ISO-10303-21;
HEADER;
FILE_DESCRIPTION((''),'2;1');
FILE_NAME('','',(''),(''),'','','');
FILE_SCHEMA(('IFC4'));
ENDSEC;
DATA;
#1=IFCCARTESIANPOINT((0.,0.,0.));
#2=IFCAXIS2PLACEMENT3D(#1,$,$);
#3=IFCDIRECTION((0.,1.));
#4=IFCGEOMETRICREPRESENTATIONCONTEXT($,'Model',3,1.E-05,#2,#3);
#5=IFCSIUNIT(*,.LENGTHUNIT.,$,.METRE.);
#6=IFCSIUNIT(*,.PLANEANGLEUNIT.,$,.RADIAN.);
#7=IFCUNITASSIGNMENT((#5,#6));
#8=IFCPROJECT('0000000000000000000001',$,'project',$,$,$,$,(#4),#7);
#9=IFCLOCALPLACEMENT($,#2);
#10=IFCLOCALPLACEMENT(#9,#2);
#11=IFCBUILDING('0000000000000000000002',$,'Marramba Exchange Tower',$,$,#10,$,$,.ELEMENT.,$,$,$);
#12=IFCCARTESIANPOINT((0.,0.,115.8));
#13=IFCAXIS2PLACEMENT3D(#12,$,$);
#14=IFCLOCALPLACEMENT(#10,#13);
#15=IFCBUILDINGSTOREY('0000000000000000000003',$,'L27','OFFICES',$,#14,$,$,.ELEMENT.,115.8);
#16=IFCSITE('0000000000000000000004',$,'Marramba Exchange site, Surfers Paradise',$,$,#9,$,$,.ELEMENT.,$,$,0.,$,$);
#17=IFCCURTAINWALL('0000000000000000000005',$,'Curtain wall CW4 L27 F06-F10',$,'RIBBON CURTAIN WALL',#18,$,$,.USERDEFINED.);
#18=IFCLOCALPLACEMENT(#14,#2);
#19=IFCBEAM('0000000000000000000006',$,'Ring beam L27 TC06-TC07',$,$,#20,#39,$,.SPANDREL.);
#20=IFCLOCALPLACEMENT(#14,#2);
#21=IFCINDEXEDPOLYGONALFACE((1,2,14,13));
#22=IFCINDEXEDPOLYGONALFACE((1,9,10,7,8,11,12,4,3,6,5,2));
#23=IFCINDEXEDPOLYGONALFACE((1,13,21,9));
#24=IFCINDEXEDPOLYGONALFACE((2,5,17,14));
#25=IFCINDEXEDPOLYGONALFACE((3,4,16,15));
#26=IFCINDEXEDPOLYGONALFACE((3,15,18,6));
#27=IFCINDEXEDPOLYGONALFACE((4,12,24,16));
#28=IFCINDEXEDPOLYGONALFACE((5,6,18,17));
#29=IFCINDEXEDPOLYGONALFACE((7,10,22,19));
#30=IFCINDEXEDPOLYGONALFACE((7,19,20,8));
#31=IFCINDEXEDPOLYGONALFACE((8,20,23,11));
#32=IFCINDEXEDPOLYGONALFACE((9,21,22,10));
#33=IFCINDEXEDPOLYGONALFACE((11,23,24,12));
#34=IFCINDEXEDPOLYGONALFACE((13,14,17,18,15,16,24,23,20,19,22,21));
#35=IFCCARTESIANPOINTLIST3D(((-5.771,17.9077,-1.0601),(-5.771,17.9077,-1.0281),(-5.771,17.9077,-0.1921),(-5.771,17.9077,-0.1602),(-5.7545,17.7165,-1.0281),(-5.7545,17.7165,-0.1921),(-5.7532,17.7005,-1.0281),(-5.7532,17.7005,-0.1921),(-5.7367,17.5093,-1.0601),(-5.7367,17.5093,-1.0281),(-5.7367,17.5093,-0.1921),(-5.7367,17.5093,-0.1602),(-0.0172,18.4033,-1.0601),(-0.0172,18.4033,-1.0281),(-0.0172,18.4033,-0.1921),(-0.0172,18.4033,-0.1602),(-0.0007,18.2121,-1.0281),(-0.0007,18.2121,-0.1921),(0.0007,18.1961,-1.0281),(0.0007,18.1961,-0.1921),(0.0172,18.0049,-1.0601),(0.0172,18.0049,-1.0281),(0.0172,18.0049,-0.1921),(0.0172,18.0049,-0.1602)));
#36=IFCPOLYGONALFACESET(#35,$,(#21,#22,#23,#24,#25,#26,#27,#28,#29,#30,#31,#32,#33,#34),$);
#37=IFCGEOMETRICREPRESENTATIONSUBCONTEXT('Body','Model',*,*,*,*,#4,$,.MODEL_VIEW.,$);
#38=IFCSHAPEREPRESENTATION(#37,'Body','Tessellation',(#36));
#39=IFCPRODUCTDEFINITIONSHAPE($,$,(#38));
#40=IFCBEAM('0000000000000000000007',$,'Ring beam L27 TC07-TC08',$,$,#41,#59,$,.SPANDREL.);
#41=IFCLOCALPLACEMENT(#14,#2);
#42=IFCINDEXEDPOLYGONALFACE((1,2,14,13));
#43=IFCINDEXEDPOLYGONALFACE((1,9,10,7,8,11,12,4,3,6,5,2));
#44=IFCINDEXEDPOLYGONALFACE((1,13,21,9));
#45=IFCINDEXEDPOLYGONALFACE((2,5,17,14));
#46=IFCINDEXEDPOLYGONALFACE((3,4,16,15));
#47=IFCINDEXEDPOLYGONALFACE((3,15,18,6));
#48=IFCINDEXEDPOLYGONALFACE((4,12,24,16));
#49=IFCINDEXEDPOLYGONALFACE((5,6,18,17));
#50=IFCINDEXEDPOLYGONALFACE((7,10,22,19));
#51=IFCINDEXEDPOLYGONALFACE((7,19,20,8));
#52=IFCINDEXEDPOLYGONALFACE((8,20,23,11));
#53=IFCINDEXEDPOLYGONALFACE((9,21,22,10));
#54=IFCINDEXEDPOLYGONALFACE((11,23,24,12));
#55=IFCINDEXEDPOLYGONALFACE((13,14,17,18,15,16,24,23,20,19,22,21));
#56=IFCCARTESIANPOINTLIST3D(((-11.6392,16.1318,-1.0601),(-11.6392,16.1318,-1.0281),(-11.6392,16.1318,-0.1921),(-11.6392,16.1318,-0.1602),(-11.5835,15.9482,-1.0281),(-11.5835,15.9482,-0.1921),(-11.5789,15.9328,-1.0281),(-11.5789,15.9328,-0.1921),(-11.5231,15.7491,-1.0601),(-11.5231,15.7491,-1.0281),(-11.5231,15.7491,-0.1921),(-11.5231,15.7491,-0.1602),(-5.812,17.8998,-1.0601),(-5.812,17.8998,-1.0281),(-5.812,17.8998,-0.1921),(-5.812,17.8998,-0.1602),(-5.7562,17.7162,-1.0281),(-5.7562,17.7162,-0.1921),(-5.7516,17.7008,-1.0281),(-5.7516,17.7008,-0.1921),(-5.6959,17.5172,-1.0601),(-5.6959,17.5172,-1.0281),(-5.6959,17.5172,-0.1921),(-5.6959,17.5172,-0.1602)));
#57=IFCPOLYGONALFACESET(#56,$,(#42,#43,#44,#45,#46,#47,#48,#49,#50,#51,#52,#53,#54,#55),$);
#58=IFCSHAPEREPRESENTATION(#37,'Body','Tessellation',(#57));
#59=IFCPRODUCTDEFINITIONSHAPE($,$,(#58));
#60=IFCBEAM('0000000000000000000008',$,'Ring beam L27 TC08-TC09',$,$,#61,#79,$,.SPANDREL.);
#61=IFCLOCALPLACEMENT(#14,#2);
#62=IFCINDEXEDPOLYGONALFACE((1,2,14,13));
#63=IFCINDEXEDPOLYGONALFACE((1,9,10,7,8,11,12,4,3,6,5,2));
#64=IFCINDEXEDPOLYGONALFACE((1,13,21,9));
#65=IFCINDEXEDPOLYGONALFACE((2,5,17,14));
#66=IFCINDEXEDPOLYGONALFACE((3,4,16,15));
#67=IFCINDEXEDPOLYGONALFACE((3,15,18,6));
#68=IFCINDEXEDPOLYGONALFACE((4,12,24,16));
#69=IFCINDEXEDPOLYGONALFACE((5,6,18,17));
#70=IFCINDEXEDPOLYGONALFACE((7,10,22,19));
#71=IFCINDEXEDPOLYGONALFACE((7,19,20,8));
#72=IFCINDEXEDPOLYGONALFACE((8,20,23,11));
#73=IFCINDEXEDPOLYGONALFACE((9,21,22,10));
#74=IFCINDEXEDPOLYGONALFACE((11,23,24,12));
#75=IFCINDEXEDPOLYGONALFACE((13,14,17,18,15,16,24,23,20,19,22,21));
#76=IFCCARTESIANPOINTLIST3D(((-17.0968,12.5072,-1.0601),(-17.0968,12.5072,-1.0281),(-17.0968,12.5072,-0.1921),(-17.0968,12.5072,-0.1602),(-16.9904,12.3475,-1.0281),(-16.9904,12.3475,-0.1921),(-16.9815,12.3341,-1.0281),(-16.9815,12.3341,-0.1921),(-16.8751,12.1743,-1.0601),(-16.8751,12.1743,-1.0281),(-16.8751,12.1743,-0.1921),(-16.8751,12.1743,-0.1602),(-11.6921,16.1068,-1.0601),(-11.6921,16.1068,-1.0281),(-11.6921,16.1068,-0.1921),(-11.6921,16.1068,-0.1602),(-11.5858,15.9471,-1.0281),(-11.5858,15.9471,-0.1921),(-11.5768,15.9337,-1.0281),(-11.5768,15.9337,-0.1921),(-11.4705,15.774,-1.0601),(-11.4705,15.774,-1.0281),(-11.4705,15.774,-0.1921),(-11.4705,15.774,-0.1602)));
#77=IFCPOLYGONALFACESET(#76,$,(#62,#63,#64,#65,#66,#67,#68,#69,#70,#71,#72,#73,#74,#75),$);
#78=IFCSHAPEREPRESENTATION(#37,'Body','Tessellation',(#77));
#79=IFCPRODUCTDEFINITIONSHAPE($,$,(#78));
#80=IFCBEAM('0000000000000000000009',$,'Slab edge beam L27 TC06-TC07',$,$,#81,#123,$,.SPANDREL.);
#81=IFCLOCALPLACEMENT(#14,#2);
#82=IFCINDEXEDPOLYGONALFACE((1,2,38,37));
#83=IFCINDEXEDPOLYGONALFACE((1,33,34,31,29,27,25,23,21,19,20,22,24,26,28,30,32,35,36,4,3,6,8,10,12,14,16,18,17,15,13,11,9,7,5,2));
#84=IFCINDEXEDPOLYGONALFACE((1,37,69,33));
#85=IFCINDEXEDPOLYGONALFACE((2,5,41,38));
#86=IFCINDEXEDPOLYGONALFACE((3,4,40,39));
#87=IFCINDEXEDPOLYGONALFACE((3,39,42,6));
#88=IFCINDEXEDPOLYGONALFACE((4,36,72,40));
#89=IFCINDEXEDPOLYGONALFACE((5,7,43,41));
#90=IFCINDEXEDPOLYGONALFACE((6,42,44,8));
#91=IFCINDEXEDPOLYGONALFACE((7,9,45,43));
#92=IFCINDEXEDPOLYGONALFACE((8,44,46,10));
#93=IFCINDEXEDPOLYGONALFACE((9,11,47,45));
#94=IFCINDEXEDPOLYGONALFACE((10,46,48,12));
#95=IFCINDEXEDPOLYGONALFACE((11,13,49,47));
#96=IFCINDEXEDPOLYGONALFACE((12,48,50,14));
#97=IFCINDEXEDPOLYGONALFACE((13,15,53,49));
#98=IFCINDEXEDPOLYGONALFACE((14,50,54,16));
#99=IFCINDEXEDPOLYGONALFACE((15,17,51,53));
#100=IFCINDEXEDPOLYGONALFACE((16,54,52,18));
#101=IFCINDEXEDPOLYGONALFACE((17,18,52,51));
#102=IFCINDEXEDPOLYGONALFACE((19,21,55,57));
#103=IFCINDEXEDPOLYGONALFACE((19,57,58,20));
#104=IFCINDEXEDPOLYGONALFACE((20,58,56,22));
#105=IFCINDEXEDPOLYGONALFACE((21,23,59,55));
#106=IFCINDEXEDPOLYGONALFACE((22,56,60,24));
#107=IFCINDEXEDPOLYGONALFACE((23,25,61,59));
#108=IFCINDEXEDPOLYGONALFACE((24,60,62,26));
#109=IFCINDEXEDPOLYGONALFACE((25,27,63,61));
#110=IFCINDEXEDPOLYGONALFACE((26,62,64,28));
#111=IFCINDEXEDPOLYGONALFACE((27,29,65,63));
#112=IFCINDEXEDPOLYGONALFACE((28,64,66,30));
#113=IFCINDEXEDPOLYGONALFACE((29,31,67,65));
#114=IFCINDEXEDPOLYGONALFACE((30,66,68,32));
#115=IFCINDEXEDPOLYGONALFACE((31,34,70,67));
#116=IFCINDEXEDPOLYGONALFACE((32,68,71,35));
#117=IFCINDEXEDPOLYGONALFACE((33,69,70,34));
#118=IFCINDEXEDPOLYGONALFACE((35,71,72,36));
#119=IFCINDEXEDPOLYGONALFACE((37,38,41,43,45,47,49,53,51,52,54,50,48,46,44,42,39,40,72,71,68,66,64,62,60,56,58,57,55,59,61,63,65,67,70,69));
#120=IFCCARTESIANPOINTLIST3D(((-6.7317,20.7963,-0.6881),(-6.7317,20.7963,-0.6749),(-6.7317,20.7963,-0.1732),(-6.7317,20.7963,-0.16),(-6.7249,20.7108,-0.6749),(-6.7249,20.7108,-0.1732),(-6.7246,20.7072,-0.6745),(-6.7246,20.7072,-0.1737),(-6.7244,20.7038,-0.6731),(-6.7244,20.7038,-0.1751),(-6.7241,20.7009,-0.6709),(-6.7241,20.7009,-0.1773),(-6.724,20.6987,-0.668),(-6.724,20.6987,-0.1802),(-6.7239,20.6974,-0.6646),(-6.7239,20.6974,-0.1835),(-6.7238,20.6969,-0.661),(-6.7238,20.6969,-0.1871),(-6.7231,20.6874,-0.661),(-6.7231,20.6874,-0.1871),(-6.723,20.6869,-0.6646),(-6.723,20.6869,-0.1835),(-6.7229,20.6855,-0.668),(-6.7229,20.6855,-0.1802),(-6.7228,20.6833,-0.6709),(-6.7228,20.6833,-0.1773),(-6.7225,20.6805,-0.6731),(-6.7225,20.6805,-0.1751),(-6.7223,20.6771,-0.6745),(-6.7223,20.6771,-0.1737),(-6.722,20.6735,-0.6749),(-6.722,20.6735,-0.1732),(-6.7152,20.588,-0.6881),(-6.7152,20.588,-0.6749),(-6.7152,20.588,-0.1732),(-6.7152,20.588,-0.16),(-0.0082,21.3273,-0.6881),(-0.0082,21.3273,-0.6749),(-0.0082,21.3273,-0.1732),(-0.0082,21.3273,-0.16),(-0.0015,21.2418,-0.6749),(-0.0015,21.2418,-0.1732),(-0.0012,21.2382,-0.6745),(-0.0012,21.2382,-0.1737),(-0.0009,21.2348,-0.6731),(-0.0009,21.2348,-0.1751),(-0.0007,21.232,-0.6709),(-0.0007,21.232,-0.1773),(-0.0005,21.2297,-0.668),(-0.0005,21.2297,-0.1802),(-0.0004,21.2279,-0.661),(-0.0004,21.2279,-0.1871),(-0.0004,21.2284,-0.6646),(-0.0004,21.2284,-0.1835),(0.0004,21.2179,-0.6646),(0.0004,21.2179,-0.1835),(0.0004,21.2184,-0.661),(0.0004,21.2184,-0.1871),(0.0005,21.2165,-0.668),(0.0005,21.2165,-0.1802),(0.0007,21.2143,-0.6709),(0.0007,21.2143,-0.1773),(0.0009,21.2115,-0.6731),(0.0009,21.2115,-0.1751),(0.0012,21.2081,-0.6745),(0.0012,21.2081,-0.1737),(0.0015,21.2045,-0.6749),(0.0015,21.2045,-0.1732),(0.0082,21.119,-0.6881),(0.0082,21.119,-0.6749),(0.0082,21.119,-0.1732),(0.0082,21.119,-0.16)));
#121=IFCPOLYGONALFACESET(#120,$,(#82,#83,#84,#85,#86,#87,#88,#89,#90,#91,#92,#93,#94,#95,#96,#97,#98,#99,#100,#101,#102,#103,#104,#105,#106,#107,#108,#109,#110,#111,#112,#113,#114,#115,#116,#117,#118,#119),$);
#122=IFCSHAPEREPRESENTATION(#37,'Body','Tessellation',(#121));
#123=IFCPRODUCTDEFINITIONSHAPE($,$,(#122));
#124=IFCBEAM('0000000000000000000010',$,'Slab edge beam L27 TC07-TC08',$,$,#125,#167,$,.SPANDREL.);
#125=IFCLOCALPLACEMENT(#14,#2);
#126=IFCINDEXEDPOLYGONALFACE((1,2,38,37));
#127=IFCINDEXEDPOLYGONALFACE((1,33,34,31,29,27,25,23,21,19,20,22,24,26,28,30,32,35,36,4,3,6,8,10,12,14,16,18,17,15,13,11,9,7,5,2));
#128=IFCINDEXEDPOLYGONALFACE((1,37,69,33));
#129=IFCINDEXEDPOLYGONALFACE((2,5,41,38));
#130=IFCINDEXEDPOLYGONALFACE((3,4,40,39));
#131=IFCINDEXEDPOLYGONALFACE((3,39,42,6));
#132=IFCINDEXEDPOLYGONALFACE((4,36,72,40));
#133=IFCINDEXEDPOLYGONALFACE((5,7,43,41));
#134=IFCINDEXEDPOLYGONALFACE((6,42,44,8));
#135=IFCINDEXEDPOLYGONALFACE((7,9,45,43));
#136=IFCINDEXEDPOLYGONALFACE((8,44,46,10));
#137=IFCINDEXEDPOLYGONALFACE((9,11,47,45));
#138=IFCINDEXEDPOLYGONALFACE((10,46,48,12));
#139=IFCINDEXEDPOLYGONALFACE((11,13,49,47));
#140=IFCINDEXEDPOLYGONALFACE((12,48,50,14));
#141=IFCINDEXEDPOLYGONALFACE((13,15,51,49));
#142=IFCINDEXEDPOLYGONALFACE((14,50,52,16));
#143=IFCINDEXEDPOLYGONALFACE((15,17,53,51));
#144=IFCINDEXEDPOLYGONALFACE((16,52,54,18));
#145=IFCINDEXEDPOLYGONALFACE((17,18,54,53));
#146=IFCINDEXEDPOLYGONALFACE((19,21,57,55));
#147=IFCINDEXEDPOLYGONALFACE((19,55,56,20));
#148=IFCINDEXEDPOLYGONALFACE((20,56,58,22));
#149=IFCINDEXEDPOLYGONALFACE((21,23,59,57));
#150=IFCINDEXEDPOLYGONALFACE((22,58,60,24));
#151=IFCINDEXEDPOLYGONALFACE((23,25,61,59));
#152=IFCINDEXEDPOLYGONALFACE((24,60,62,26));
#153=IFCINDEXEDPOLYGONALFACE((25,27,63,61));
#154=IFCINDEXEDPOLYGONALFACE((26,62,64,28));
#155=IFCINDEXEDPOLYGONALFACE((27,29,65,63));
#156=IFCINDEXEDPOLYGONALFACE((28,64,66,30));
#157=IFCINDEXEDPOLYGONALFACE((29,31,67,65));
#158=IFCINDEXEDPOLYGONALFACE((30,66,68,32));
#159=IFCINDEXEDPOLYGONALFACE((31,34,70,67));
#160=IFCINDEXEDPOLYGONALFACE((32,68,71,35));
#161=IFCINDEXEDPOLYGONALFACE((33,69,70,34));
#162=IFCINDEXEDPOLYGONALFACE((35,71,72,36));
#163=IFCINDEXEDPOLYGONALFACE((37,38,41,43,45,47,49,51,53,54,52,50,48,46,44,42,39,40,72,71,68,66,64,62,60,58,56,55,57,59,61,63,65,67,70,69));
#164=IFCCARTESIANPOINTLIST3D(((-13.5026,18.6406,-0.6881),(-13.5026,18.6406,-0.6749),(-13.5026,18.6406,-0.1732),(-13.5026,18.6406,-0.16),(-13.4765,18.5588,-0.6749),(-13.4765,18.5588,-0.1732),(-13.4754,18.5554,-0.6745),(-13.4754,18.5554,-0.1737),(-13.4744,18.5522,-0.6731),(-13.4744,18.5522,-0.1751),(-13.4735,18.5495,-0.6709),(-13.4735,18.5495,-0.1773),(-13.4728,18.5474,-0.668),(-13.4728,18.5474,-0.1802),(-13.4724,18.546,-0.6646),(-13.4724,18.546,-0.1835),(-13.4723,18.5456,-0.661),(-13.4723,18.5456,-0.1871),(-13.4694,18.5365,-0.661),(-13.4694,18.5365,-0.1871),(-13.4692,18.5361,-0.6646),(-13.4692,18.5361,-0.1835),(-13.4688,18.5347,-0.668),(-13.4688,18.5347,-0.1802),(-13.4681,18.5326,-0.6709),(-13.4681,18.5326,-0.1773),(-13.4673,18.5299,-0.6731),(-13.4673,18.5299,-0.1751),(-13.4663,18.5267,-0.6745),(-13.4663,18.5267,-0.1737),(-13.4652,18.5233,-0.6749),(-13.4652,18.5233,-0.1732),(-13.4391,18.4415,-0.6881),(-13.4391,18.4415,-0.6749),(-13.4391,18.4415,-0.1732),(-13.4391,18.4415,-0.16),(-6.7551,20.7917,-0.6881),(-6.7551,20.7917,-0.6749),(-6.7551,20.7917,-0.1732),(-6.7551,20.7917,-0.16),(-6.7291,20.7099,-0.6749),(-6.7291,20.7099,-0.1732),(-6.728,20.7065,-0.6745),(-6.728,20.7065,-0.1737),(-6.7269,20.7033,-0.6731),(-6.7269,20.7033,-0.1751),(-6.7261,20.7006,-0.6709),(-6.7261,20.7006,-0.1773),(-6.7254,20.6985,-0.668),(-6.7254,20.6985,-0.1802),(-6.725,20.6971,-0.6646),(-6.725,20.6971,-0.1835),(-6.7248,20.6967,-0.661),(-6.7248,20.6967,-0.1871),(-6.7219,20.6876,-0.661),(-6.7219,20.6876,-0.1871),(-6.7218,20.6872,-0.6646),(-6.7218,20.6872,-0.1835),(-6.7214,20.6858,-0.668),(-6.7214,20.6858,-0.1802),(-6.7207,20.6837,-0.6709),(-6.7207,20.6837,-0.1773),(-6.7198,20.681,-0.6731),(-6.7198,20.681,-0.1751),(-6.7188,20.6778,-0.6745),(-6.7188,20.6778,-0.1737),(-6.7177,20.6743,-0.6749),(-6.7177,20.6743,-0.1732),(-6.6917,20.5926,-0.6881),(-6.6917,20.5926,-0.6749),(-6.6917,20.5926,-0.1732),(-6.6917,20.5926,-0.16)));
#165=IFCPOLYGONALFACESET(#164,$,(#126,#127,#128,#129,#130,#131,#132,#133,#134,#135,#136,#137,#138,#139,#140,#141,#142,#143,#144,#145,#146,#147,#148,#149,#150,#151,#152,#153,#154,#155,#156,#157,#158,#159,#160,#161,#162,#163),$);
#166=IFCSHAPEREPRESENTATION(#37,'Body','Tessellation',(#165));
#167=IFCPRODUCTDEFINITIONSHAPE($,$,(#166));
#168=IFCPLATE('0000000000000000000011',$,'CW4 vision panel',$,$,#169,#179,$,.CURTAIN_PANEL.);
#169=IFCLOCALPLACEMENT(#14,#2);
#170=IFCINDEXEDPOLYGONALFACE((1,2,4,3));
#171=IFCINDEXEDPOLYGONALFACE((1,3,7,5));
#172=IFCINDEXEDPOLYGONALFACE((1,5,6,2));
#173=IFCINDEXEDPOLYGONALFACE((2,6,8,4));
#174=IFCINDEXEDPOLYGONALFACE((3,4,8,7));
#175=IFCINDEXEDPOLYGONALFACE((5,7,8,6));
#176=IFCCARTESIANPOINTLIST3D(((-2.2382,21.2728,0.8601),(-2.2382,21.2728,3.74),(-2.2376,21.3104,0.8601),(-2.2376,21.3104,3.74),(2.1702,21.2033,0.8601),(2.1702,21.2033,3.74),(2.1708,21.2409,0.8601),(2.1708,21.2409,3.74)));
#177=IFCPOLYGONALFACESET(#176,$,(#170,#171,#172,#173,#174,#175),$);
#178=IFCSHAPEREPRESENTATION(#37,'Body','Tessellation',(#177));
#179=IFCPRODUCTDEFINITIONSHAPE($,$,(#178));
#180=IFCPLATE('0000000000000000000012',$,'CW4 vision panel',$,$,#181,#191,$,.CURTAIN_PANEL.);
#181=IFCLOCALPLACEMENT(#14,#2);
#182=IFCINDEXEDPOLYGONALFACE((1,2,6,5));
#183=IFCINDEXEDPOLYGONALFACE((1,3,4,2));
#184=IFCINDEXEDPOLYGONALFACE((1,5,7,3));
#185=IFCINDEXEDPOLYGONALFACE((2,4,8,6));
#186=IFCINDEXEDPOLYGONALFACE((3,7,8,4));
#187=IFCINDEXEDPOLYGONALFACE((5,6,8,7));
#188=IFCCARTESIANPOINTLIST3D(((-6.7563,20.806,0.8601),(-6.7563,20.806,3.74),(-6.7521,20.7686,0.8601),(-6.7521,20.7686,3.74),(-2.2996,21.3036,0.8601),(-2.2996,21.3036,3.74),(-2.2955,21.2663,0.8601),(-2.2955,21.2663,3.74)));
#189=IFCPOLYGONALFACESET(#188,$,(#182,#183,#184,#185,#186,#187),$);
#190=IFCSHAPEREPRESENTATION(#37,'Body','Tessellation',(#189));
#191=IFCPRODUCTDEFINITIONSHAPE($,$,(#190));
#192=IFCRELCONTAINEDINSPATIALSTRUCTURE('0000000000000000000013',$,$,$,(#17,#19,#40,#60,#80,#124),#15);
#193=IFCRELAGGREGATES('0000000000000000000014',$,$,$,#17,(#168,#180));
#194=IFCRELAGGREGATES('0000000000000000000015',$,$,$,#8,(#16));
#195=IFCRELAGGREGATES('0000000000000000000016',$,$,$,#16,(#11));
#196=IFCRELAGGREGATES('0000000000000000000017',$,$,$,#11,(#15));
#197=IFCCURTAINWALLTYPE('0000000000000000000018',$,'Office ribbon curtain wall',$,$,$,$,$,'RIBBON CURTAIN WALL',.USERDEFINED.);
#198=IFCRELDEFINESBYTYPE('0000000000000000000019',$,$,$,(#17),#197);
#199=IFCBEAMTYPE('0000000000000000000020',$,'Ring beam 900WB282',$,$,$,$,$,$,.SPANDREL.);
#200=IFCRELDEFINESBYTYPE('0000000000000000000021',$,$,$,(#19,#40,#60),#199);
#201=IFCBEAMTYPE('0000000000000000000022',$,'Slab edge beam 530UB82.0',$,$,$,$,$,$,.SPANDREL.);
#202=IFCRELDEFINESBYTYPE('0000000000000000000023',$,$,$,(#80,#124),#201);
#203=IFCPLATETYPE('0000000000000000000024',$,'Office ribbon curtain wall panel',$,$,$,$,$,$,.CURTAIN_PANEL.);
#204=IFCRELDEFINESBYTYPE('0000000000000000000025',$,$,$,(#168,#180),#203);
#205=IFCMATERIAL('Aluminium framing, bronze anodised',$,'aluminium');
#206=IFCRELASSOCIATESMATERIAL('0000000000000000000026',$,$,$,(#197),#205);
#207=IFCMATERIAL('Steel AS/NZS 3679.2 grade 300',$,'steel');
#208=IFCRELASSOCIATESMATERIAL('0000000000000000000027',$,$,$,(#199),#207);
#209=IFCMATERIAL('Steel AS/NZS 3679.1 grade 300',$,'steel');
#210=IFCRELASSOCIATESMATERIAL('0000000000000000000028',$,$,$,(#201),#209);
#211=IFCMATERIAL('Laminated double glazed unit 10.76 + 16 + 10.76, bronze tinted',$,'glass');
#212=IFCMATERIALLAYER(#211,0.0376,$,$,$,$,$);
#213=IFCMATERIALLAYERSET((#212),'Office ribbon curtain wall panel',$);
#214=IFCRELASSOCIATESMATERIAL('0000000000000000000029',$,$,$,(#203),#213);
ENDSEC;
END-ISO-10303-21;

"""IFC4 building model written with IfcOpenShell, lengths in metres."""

from ifc_helpers import new_model, si_unit, direction, frame, origin, origin_2d, place, context, subcontext, project, spatial, rectangle, i_section, extrude, material, layer, layer_set, material_profile, profile_set, type_object, element, aggregate, save


model = new_model("IFC4")

# Units and contexts
model_context = context("Model", 3, precision=1e-05, world=origin(), true_north=direction((0.0, 1.0)))
body_context = subcontext(model_context, "Body", "Model", "MODEL_VIEW")
ifc_project = project(units=[si_unit("LENGTHUNIT", "METRE"), si_unit("PLANEANGLEUNIT", "RADIAN")], contexts=[model_context])

# Site, building, storey
site_placement = place(None, origin())
site = spatial("IfcSite", under=ifc_project, at=site_placement, Name="Marramba Exchange site, Surfers Paradise", CompositionType="ELEMENT", RefElevation=0.0)
building_placement = place(site_placement, origin())
building = spatial("IfcBuilding", under=site, at=building_placement, Name="Marramba Exchange Tower", CompositionType="ELEMENT")
storey_placement = place(building_placement, frame((0.0, 0.0, 115.8)))
storey = spatial("IfcBuildingStorey", under=building, at=storey_placement, Name="L27", Description="OFFICES", CompositionType="ELEMENT", Elevation=115.8)

# Shared definitions
ifc_material_1 = material(Name="Steel AS/NZS 3679.2 grade 300", Category="steel")

# Curtain wall
ifc_material_2 = material(Name="Aluminium framing, bronze anodised", Category="aluminium")
curtain_wall_type = type_object("IfcCurtainWallType", Name="Office ribbon curtain wall", ElementType="RIBBON CURTAIN WALL", PredefinedType="USERDEFINED", material=ifc_material_2)
curtain_wall_1_placement = place(storey_placement, origin())
curtain_wall_1 = element("IfcCurtainWall", 1, at=curtain_wall_1_placement, inside=storey, type_object=curtain_wall_type, Name="Curtain wall CW4 L27 F06-F10", ObjectType="RIBBON CURTAIN WALL", PredefinedType="USERDEFINED")

# Beams
ifc_material_profile_1 = material_profile(ifc_material_1, i_section(OverallWidth=0.3999, OverallDepth=0.8999, WebThickness=0.0161, FlangeThickness=0.032, at=origin_2d()), Name="900WB282")
ifc_profile_set_1 = profile_set([ifc_material_profile_1], Name="Steel AS/NZS 3679.2 grade 300")
beam_type_1 = type_object("IfcBeamType", Name="Ring beam 900WB282", PredefinedType="SPANDREL", material=ifc_profile_set_1)
beam_1_placement = place(storey_placement, frame((0.0, 18.2041, -0.6101), z_axis=(-0.996311, -0.085816, 0.0), x_axis=(0.085816, -0.996311, 0.0)))
element("IfcBeam", 2, at=beam_1_placement, inside=storey, type_object=beam_type_1, Name="Ring beam L27 TC06-TC07", PredefinedType="SPANDREL", context=body_context, shape_type="SweptSolid", body=[
    extrude(i_section(OverallWidth=0.3999, OverallDepth=0.8999, WebThickness=0.0161, FlangeThickness=0.032, at=origin_2d()), origin(), (0.0, 0.0, 1.0), 5.7751),
])
beam_2_placement = place(storey_placement, frame((-5.7539, 17.7085, -0.6101), z_axis=(-0.956925, -0.290337, 0.0), x_axis=(0.290337, -0.956925, 0.0)))
element("IfcBeam", 3, at=beam_2_placement, inside=storey, type_object=beam_type_1, Name="Ring beam L27 TC07-TC08", PredefinedType="SPANDREL", context=body_context, shape_type="SweptSolid", body=[
    extrude(i_section(OverallWidth=0.3999, OverallDepth=0.8999, WebThickness=0.0161, FlangeThickness=0.032, at=origin_2d()), origin(), (0.0, 0.0, 1.0), 6.0896),
])
beam_3_placement = place(storey_placement, frame((-11.5813, 15.9404, -0.6101), z_axis=(-0.832293, -0.554336, 0.0), x_axis=(0.554336, -0.832293, 0.0)))
element("IfcBeam", 4, at=beam_3_placement, inside=storey, type_object=beam_type_1, Name="Ring beam L27 TC08-TC09", PredefinedType="SPANDREL", context=body_context, shape_type="SweptSolid", body=[
    extrude(i_section(OverallWidth=0.3999, OverallDepth=0.8999, WebThickness=0.0161, FlangeThickness=0.032, at=origin_2d()), origin(), (0.0, 0.0, 1.0), 6.4937),
])
ifc_material_3 = material(Name="Steel AS/NZS 3679.1 grade 300", Category="steel")
ifc_material_profile_2 = material_profile(ifc_material_3, i_section(OverallWidth=0.209, OverallDepth=0.5281, WebThickness=0.0095, FlangeThickness=0.0132, FilletRadius=0.0139, at=origin_2d()), Name="530UB82.0")
ifc_profile_set_2 = profile_set([ifc_material_profile_2], Name="Steel AS/NZS 3679.1 grade 300")
beam_type_2 = type_object("IfcBeamType", Name="Slab edge beam 530UB82.0", PredefinedType="SPANDREL", material=ifc_profile_set_2)
beam_4_placement = place(storey_placement, frame((0.0, 21.2231, -0.4241), z_axis=(-0.996896, -0.078734, 0.0), x_axis=(0.078734, -0.996896, 0.0)))
element("IfcBeam", 5, at=beam_4_placement, inside=storey, type_object=beam_type_2, Name="Slab edge beam L27 TC06-TC07", PredefinedType="SPANDREL", context=body_context, shape_type="SweptSolid", body=[
    extrude(i_section(OverallWidth=0.209, OverallDepth=0.5281, WebThickness=0.0095, FlangeThickness=0.0132, FilletRadius=0.0139, at=origin_2d()), origin(), (0.0, 0.0, 1.0), 6.7444),
])
beam_5_placement = place(storey_placement, frame((-6.7234, 20.6921, -0.4241), z_axis=(-0.952755, -0.303739, 0.0), x_axis=(0.303739, -0.952755, 0.0)))
element("IfcBeam", 6, at=beam_5_placement, inside=storey, type_object=beam_type_2, Name="Slab edge beam L27 TC07-TC08", PredefinedType="SPANDREL", context=body_context, shape_type="SweptSolid", body=[
    extrude(i_section(OverallWidth=0.209, OverallDepth=0.5281, WebThickness=0.0095, FlangeThickness=0.0132, FilletRadius=0.0139, at=origin_2d()), origin(), (0.0, 0.0, 1.0), 7.082),
])

# Plates
ifc_material_4 = material(Name="Laminated double glazed unit 10.76 + 16 + 10.76, bronze tinted", Category="glass")
ifc_layer_1 = layer(ifc_material_4, 0.0376)
ifc_layer_set_1 = layer_set([ifc_layer_1], Name="Office ribbon curtain wall panel")
plate_type = type_object("IfcPlateType", Name="Office ribbon curtain wall panel", PredefinedType="CURTAIN_PANEL", material=ifc_layer_set_1)
plate_1_placement = place(storey_placement, frame((-0.0337, 21.2568, 0.8601), z_axis=(0.0, 0.0, 1.0), x_axis=(-0.999876, 0.015756, 0.0)))
plate_1 = element("IfcPlate", 7, at=plate_1_placement, type_object=plate_type, Name="CW4 vision panel", PredefinedType="CURTAIN_PANEL", context=body_context, shape_type="SweptSolid", body=[
    extrude(rectangle(XDim=4.4089, YDim=0.0376, at=origin_2d()), origin(), (0.0, 0.0, 1.0), 2.8799),
])
plate_2_placement = place(storey_placement, frame((-4.5259, 21.0361, 0.8601), z_axis=(0.0, 0.0, 1.0), x_axis=(-0.993823, -0.110973, 0.0)))
plate_2 = element("IfcPlate", 8, at=plate_2_placement, type_object=plate_type, Name="CW4 vision panel", PredefinedType="CURTAIN_PANEL", context=body_context, shape_type="SweptSolid", body=[
    extrude(rectangle(XDim=4.4844, YDim=0.0376, at=origin_2d()), origin(), (0.0, 0.0, 1.0), 2.8799),
])
aggregate(curtain_wall_1, [plate_1, plate_2])

save(model, "model.ifc")
